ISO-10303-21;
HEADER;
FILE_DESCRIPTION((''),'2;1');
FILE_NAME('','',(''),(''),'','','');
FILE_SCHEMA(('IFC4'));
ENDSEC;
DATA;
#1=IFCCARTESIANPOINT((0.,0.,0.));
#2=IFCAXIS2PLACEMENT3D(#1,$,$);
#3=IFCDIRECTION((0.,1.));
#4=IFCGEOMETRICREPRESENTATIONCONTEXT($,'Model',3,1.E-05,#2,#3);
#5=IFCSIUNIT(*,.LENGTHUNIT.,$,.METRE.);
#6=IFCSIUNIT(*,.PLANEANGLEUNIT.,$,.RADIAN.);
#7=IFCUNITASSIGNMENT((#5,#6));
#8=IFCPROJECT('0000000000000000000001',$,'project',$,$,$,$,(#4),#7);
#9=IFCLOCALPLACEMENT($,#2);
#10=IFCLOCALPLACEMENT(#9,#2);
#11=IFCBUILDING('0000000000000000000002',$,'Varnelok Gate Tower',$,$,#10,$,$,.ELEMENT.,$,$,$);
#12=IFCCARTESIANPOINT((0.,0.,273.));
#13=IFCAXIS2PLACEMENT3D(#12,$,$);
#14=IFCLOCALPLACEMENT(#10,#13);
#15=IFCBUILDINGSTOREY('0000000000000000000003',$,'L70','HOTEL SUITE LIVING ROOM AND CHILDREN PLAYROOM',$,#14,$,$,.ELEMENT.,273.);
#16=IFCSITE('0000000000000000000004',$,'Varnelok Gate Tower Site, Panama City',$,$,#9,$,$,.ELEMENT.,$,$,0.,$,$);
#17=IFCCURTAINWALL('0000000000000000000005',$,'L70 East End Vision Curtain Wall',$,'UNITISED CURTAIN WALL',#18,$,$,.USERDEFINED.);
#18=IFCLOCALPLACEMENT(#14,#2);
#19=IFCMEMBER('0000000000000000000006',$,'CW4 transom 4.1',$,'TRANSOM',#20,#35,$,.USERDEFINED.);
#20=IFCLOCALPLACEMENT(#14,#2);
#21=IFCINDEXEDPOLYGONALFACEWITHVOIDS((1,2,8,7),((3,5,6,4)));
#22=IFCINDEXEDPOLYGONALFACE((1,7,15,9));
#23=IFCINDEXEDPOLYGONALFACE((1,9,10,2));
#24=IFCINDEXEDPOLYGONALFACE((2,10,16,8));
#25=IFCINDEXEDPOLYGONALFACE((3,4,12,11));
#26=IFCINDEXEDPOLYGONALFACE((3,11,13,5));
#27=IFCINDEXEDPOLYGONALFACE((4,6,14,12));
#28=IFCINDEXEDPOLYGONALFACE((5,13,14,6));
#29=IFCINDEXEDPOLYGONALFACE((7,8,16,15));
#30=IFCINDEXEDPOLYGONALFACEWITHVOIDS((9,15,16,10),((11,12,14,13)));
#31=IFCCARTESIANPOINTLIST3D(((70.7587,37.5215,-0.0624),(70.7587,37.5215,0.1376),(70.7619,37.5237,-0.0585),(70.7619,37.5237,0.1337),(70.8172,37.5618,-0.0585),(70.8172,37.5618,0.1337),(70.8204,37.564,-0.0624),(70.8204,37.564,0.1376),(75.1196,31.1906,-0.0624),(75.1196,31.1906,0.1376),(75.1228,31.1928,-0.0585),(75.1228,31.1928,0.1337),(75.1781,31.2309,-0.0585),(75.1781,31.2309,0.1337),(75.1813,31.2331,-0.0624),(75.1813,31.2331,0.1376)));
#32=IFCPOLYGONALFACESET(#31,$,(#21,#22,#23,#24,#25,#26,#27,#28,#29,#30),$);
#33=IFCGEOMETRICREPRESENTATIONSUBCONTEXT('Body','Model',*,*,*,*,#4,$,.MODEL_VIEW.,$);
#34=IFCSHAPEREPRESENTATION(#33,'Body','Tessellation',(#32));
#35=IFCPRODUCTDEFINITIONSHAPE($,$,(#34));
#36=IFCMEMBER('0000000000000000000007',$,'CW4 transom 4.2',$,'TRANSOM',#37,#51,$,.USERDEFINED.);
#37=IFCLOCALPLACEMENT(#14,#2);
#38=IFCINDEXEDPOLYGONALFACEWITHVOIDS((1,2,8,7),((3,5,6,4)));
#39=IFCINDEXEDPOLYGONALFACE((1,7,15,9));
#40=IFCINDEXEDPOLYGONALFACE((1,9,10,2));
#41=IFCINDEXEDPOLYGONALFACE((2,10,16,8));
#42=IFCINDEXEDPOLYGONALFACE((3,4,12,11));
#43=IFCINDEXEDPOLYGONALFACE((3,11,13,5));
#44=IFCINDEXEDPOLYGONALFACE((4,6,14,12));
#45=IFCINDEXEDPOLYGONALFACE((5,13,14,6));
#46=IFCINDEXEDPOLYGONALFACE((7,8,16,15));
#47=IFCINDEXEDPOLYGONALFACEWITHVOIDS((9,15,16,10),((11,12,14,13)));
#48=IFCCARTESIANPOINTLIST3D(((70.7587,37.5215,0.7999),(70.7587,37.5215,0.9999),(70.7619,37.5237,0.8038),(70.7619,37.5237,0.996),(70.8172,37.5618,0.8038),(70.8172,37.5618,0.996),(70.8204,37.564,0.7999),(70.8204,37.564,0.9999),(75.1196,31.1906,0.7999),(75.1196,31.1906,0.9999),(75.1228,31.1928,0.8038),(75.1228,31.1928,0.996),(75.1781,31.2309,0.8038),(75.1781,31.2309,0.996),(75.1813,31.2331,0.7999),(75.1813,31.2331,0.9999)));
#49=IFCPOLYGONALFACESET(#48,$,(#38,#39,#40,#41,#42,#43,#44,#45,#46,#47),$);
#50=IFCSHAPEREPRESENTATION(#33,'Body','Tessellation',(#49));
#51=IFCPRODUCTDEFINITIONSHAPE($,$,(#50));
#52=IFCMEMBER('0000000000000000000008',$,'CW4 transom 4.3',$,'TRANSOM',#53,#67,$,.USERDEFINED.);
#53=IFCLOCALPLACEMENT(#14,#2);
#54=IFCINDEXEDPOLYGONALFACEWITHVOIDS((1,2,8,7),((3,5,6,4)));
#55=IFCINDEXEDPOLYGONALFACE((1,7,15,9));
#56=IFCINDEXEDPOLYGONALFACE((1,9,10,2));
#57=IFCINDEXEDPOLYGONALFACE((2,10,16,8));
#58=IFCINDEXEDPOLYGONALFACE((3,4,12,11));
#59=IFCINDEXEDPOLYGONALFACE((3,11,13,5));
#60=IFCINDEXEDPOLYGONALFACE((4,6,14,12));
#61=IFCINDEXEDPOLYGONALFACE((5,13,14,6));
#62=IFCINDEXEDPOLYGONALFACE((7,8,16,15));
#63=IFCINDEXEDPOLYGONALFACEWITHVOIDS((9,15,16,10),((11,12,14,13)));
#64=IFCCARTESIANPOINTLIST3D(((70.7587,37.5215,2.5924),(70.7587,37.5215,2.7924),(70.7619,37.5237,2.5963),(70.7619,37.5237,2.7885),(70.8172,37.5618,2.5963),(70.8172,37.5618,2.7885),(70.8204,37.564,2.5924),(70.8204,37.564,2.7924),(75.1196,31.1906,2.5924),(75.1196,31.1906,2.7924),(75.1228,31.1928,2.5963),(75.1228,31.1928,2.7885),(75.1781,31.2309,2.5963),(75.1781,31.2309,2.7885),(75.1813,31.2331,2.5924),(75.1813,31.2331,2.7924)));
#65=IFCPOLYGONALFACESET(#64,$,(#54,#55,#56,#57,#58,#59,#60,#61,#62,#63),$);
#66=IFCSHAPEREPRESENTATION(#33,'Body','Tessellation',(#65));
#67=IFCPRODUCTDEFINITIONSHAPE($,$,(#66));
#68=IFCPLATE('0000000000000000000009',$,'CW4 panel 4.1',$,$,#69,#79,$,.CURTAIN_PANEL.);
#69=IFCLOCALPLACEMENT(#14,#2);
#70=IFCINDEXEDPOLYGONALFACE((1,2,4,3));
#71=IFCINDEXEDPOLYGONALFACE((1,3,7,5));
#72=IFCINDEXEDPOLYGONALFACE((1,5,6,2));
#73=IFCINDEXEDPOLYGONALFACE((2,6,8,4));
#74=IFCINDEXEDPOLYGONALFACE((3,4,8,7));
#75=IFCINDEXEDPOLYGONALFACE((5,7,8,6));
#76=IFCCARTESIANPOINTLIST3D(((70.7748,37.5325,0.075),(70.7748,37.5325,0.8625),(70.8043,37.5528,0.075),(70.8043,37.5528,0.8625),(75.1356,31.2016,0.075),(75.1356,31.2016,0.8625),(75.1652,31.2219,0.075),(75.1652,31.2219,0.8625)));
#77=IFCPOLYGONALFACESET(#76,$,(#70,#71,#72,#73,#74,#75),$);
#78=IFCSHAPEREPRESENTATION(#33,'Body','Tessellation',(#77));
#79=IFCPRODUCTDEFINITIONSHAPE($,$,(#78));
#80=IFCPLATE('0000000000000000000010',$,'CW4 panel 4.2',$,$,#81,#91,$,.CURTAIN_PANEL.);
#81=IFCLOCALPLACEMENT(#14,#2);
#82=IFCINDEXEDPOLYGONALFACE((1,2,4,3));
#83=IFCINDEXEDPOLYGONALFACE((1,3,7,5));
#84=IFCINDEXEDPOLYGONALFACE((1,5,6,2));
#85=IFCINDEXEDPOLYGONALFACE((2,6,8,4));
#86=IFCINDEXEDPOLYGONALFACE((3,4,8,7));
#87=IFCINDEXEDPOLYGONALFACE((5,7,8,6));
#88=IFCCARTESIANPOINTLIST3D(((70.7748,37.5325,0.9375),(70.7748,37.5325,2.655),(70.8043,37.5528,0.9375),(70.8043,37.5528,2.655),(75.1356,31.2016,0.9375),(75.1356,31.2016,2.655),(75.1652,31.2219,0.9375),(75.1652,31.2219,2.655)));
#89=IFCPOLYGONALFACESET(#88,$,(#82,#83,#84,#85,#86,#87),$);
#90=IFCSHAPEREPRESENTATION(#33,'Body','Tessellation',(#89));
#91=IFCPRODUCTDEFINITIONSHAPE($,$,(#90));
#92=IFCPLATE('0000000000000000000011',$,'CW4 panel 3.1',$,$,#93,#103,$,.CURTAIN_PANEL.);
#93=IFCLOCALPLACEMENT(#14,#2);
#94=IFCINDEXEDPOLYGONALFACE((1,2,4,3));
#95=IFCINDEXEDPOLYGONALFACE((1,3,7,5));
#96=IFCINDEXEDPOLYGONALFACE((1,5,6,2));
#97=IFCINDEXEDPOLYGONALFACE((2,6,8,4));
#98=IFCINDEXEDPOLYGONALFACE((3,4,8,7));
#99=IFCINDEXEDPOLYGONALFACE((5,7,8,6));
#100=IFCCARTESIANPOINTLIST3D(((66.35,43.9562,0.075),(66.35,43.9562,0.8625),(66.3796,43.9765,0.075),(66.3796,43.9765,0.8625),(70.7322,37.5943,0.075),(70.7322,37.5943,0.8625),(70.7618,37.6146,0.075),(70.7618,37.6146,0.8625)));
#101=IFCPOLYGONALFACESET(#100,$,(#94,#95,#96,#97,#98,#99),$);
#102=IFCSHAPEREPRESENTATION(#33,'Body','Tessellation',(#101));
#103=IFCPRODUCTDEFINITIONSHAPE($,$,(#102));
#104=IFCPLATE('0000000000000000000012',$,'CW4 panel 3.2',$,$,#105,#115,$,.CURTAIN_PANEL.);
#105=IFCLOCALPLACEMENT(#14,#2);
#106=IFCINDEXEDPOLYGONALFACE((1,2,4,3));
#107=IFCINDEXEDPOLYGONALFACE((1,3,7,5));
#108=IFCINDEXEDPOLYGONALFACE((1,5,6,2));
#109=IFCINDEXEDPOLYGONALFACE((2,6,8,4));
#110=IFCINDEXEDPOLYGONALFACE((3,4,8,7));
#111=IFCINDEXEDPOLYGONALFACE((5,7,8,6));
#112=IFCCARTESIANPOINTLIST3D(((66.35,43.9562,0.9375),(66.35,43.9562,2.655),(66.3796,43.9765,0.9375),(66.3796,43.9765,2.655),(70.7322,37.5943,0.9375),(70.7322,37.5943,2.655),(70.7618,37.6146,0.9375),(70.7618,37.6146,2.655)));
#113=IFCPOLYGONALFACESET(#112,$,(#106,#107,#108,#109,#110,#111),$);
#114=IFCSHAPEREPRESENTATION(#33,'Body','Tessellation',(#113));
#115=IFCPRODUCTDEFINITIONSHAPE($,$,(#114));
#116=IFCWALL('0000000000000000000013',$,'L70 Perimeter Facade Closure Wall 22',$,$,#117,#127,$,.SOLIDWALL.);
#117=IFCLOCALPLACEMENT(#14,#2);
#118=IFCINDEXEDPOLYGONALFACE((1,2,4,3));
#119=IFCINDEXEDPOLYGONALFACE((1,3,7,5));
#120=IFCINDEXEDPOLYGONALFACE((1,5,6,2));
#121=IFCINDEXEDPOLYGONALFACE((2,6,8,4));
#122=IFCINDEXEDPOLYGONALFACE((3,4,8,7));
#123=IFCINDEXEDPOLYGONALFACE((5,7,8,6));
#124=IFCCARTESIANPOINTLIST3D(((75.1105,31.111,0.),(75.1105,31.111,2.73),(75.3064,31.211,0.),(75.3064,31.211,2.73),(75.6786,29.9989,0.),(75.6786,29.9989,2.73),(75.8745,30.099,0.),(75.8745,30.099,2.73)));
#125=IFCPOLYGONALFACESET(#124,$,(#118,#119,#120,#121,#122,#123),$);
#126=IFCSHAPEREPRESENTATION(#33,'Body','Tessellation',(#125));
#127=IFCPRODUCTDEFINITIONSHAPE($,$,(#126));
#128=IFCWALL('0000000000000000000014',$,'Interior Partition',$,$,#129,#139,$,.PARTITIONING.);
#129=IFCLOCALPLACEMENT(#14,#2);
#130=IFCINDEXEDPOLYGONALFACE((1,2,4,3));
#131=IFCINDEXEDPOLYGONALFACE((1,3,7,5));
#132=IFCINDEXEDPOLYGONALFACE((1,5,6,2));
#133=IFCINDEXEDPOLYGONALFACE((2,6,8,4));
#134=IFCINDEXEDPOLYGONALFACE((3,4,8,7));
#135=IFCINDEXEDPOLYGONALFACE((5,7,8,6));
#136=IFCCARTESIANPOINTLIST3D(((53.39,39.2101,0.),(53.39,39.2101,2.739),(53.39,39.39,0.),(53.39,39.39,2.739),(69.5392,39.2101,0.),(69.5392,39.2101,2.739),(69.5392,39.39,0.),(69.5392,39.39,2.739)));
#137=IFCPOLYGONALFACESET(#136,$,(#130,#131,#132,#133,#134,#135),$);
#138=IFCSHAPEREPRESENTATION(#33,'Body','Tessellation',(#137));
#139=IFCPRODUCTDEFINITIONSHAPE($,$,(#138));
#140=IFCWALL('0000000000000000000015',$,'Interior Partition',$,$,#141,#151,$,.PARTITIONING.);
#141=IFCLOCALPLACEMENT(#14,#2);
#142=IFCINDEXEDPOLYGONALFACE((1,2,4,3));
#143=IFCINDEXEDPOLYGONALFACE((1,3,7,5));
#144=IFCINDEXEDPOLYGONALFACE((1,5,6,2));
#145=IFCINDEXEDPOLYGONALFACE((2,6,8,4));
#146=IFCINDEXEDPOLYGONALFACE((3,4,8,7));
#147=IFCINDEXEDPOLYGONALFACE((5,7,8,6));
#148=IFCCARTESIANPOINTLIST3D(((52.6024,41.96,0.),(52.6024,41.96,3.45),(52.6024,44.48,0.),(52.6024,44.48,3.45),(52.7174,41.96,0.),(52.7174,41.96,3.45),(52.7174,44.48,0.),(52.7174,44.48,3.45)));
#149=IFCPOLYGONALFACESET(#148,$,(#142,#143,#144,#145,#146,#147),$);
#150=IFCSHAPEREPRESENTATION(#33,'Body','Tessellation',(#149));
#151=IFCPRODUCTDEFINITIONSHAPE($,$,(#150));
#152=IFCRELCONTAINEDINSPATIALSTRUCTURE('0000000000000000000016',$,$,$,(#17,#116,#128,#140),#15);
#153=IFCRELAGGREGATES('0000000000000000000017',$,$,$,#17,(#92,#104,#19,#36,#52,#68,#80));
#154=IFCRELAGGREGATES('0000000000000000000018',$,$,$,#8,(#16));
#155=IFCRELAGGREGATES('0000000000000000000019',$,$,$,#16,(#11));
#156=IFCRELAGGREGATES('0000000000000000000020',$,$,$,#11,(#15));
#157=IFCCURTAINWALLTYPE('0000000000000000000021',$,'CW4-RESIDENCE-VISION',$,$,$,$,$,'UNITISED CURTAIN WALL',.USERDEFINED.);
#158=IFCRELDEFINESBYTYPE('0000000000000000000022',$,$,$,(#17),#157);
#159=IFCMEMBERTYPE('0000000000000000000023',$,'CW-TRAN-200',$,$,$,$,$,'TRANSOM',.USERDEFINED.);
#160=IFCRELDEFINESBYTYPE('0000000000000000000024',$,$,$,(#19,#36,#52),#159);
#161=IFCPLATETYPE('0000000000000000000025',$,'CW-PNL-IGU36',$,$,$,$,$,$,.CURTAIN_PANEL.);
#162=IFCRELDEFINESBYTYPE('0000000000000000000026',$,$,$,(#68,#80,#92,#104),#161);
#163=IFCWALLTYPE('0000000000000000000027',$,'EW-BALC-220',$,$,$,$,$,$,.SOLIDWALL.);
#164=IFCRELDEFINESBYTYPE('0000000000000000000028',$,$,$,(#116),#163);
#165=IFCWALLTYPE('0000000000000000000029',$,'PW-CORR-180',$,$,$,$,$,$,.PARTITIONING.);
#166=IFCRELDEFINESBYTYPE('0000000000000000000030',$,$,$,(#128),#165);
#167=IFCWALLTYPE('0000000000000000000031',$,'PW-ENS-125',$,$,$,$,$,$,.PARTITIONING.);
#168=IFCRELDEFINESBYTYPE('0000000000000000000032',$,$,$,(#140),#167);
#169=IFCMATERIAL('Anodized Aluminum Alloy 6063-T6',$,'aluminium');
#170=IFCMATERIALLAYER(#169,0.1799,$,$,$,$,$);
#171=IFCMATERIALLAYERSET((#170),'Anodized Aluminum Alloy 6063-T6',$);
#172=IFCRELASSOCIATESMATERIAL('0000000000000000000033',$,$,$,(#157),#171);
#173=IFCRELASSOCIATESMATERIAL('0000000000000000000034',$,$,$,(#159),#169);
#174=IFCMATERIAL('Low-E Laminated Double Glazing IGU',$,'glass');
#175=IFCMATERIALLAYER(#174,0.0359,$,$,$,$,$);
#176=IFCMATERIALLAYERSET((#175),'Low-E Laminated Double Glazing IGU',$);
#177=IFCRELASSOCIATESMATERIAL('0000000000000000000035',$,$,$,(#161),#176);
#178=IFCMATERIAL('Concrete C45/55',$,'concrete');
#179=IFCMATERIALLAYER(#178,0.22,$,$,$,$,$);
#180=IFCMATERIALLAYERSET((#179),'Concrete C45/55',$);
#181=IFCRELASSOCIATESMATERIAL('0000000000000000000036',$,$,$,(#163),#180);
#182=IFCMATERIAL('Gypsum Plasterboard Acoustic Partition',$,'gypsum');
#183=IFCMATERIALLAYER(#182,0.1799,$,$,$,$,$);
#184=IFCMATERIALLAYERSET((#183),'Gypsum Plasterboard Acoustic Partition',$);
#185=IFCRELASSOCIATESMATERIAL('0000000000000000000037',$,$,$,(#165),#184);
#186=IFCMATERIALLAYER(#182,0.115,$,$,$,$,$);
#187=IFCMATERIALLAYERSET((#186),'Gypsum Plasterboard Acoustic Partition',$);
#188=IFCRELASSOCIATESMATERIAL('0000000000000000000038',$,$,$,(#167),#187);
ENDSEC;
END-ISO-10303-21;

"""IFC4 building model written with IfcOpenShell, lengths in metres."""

from ifc_helpers import new_model, si_unit, direction, frame, frame_2d, origin, origin_2d, place, context, subcontext, project, spatial, rectangle, hollow_rectangle, extrude, source, transform, mapped, material, layer, layer_set, material_profile, profile_set, type_object, element, aggregate, save


model = new_model("IFC4")

# Units and contexts
model_context = context("Model", 3, precision=1e-05, world=origin(), true_north=direction((0.0, 1.0)))
body_context = subcontext(model_context, "Body", "Model", "MODEL_VIEW")
ifc_project = project(units=[si_unit("LENGTHUNIT", "METRE"), si_unit("PLANEANGLEUNIT", "RADIAN")], contexts=[model_context])

# Site, building, storey
site_placement = place(None, origin())
site = spatial("IfcSite", under=ifc_project, at=site_placement, Name="Varnelok Gate Tower Site, Panama City", CompositionType="ELEMENT", RefElevation=0.0)
building_placement = place(site_placement, origin())
building = spatial("IfcBuilding", under=site, at=building_placement, Name="Varnelok Gate Tower", CompositionType="ELEMENT")
storey_placement = place(building_placement, frame((0.0, 0.0, 273.0)))
storey = spatial("IfcBuildingStorey", under=building, at=storey_placement, Name="L70", Description="HOTEL SUITE LIVING ROOM AND CHILDREN PLAYROOM", CompositionType="ELEMENT", Elevation=273.0)

# Shared definitions
ifc_material_1 = material(Name="Anodized Aluminum Alloy 6063-T6", Category="aluminium")

# Curtain wall, members, plates
ifc_layer_1 = layer(ifc_material_1, 0.1799)
ifc_layer_set_1 = layer_set([ifc_layer_1], Name="Anodized Aluminum Alloy 6063-T6")
curtain_wall_type_1 = type_object("IfcCurtainWallType", Name="CW4-RESIDENCE-VISION", ElementType="UNITISED CURTAIN WALL", PredefinedType="USERDEFINED", material=ifc_layer_set_1)
curtain_wall_1_placement = place(storey_placement, origin())
curtain_wall_1 = element("IfcCurtainWall", 1, at=curtain_wall_1_placement, inside=storey, type_object=curtain_wall_type_1, Name="L70 East End Vision Curtain Wall", ObjectType="UNITISED CURTAIN WALL", PredefinedType="USERDEFINED")
ifc_material_profile_1 = material_profile(ifc_material_1, hollow_rectangle(XDim=0.075, YDim=0.2, WallThickness=0.0039, at=origin_2d()), Name="ALU200X75X4")
ifc_profile_set_1 = profile_set([ifc_material_profile_1], Name="Anodized Aluminum Alloy 6063-T6")
member_type_1 = type_object("IfcMemberType", Name="CW-TRAN-200", ElementType="TRANSOM", PredefinedType="USERDEFINED", material=ifc_profile_set_1)
member_1_placement = place(storey_placement, frame((70.7896, 37.5427, 0.0376), z_axis=(0.567271, -0.823531, 0.0), x_axis=(0.823531, 0.567271, 0.0)))
member_1 = element("IfcMember", 2, at=member_1_placement, type_object=member_type_1, Name="CW4 transom 4.1", ObjectType="TRANSOM", PredefinedType="USERDEFINED", context=body_context, shape_type="SweptSolid", body=[
    extrude(hollow_rectangle(XDim=0.075, YDim=0.2, WallThickness=0.0039, at=origin_2d()), origin(), (0.0, 0.0, 1.0), 7.6875),
])
member_2_placement = place(storey_placement, frame((70.7896, 37.5427, 0.8999), z_axis=(0.567271, -0.823531, 0.0), x_axis=(0.823531, 0.567271, 0.0)))
member_2 = element("IfcMember", 3, at=member_2_placement, type_object=member_type_1, Name="CW4 transom 4.2", ObjectType="TRANSOM", PredefinedType="USERDEFINED", context=body_context, shape_type="SweptSolid", body=[
    extrude(hollow_rectangle(XDim=0.075, YDim=0.2, WallThickness=0.0039, at=origin_2d()), origin(), (0.0, 0.0, 1.0), 7.6875),
])
member_3_placement = place(storey_placement, frame((70.7896, 37.5427, 2.6924), z_axis=(0.567271, -0.823531, 0.0), x_axis=(0.823531, 0.567271, 0.0)))
member_3 = element("IfcMember", 4, at=member_3_placement, type_object=member_type_1, Name="CW4 transom 4.3", ObjectType="TRANSOM", PredefinedType="USERDEFINED", context=body_context, shape_type="SweptSolid", body=[
    extrude(hollow_rectangle(XDim=0.075, YDim=0.2, WallThickness=0.0039, at=origin_2d()), origin(), (0.0, 0.0, 1.0), 7.6875),
])
ifc_material_2 = material(Name="Low-E Laminated Double Glazing IGU", Category="glass")
ifc_layer_2 = layer(ifc_material_2, 0.0359)
ifc_layer_set_2 = layer_set([ifc_layer_2], Name="Low-E Laminated Double Glazing IGU")
plate_type = type_object("IfcPlateType", Name="CW-PNL-IGU36", PredefinedType="CURTAIN_PANEL", material=ifc_layer_set_2)
shared_shape_1 = source(origin(), body_context, "Body", "SweptSolid", [
    extrude(rectangle(XDim=7.6875, YDim=0.0359, at=origin_2d()), origin(), (0.0, 0.0, 1.0), 0.7876),
])
plate_1_placement = place(storey_placement, frame((72.97, 34.3772, 0.075), z_axis=(0.0, 0.0, 1.0), x_axis=(0.567269, -0.823532, 0.0)))
plate_1 = element("IfcPlate", 5, at=plate_1_placement, type_object=plate_type, Name="CW4 panel 4.1", PredefinedType="CURTAIN_PANEL", context=body_context, shape_type="MappedRepresentation", body=[
    mapped(shared_shape_1, transform((0.0, 0.0, 0.0), scale=1.0)),
])
shared_shape_2 = source(origin(), body_context, "Body", "SweptSolid", [
    extrude(rectangle(XDim=7.6875, YDim=0.0359, at=origin_2d()), origin(), (0.0, 0.0, 1.0), 1.7175),
])
plate_2_placement = place(storey_placement, frame((72.97, 34.3772, 0.9375), z_axis=(0.0, 0.0, 1.0), x_axis=(0.567269, -0.823532, 0.0)))
plate_2 = element("IfcPlate", 6, at=plate_2_placement, type_object=plate_type, Name="CW4 panel 4.2", PredefinedType="CURTAIN_PANEL", context=body_context, shape_type="MappedRepresentation", body=[
    mapped(shared_shape_2, transform((0.0, 0.0, 0.0), scale=1.0)),
])
shared_shape_3 = source(origin(), body_context, "Body", "SweptSolid", [
    extrude(rectangle(XDim=7.7251, YDim=0.0359, at=origin_2d()), origin(), (0.0, 0.0, 1.0), 0.7876),
])
plate_3_placement = place(storey_placement, frame((68.5559, 40.7854, 0.075), z_axis=(0.0, 0.0, 1.0), x_axis=(0.567269, -0.823532, 0.0)))
plate_3 = element("IfcPlate", 7, at=plate_3_placement, type_object=plate_type, Name="CW4 panel 3.1", PredefinedType="CURTAIN_PANEL", context=body_context, shape_type="MappedRepresentation", body=[
    mapped(shared_shape_3, transform((0.0, 0.0, 0.0), scale=1.0)),
])
shared_shape_4 = source(origin(), body_context, "Body", "SweptSolid", [
    extrude(rectangle(XDim=7.7251, YDim=0.0359, at=origin_2d()), origin(), (0.0, 0.0, 1.0), 1.7175),
])
plate_4_placement = place(storey_placement, frame((68.5559, 40.7854, 0.9375), z_axis=(0.0, 0.0, 1.0), x_axis=(0.567269, -0.823532, 0.0)))
plate_4 = element("IfcPlate", 8, at=plate_4_placement, type_object=plate_type, Name="CW4 panel 3.2", PredefinedType="CURTAIN_PANEL", context=body_context, shape_type="MappedRepresentation", body=[
    mapped(shared_shape_4, transform((0.0, 0.0, 0.0), scale=1.0)),
])
aggregate(curtain_wall_1, [plate_3, plate_4, member_1, member_2, member_3, plate_1, plate_2])

# Walls
ifc_material_3 = material(Name="Concrete C45/55", Category="concrete")
ifc_layer_3 = layer(ifc_material_3, 0.22)
ifc_layer_set_3 = layer_set([ifc_layer_3], Name="Concrete C45/55")
wall_type_1 = type_object("IfcWallType", Name="EW-BALC-220", PredefinedType="SOLIDWALL", material=ifc_layer_set_3)
wall_1_placement = place(storey_placement, frame((75.7766, 30.0488, 0.0), z_axis=(0.0, 0.0, 1.0), x_axis=(-0.454939, 0.890523, 0.0)))
element("IfcWall", 9, at=wall_1_placement, inside=storey, type_object=wall_type_1, Name="L70 Perimeter Facade Closure Wall 22", PredefinedType="SOLIDWALL", context=body_context, shape_type="SweptSolid", body=[
    extrude(rectangle(XDim=1.2488, YDim=0.22, at=frame_2d((0.6245, 0.0))), origin(), (0.0, 0.0, 1.0), 2.73),
])
ifc_material_4 = material(Name="Gypsum Plasterboard Acoustic Partition", Category="gypsum")
ifc_layer_4 = layer(ifc_material_4, 0.1799)
ifc_layer_set_4 = layer_set([ifc_layer_4], Name="Gypsum Plasterboard Acoustic Partition")
wall_type_2 = type_object("IfcWallType", Name="PW-CORR-180", PredefinedType="PARTITIONING", material=ifc_layer_set_4)
wall_2_placement = place(storey_placement, frame((53.3899, 39.3, 0.0), z_axis=(0.0, 0.0, 1.0), x_axis=(1.0, 0.0, 0.0)))
element("IfcWall", 10, at=wall_2_placement, inside=storey, type_object=wall_type_2, Name="Interior Partition", PredefinedType="PARTITIONING", context=body_context, shape_type="SweptSolid", body=[
    extrude(rectangle(XDim=16.1492, YDim=0.1799, at=frame_2d((8.0747, 0.0))), origin(), (0.0, 0.0, 1.0), 2.739),
])
ifc_layer_5 = layer(ifc_material_4, 0.115)
ifc_layer_set_5 = layer_set([ifc_layer_5], Name="Gypsum Plasterboard Acoustic Partition")
wall_type_3 = type_object("IfcWallType", Name="PW-ENS-125", PredefinedType="PARTITIONING", material=ifc_layer_set_5)
wall_3_placement = place(storey_placement, frame((52.6599, 41.96, 0.0), z_axis=(0.0, 0.0, 1.0), x_axis=(0.0, 1.0, 0.0)))
element("IfcWall", 11, at=wall_3_placement, inside=storey, type_object=wall_type_3, Name="Interior Partition", PredefinedType="PARTITIONING", context=body_context, shape_type="SweptSolid", body=[
    extrude(rectangle(XDim=2.52, YDim=0.115, at=frame_2d((1.26, 0.0))), origin(), (0.0, 0.0, 1.0), 3.45),
])

save(model, "model.ifc")
